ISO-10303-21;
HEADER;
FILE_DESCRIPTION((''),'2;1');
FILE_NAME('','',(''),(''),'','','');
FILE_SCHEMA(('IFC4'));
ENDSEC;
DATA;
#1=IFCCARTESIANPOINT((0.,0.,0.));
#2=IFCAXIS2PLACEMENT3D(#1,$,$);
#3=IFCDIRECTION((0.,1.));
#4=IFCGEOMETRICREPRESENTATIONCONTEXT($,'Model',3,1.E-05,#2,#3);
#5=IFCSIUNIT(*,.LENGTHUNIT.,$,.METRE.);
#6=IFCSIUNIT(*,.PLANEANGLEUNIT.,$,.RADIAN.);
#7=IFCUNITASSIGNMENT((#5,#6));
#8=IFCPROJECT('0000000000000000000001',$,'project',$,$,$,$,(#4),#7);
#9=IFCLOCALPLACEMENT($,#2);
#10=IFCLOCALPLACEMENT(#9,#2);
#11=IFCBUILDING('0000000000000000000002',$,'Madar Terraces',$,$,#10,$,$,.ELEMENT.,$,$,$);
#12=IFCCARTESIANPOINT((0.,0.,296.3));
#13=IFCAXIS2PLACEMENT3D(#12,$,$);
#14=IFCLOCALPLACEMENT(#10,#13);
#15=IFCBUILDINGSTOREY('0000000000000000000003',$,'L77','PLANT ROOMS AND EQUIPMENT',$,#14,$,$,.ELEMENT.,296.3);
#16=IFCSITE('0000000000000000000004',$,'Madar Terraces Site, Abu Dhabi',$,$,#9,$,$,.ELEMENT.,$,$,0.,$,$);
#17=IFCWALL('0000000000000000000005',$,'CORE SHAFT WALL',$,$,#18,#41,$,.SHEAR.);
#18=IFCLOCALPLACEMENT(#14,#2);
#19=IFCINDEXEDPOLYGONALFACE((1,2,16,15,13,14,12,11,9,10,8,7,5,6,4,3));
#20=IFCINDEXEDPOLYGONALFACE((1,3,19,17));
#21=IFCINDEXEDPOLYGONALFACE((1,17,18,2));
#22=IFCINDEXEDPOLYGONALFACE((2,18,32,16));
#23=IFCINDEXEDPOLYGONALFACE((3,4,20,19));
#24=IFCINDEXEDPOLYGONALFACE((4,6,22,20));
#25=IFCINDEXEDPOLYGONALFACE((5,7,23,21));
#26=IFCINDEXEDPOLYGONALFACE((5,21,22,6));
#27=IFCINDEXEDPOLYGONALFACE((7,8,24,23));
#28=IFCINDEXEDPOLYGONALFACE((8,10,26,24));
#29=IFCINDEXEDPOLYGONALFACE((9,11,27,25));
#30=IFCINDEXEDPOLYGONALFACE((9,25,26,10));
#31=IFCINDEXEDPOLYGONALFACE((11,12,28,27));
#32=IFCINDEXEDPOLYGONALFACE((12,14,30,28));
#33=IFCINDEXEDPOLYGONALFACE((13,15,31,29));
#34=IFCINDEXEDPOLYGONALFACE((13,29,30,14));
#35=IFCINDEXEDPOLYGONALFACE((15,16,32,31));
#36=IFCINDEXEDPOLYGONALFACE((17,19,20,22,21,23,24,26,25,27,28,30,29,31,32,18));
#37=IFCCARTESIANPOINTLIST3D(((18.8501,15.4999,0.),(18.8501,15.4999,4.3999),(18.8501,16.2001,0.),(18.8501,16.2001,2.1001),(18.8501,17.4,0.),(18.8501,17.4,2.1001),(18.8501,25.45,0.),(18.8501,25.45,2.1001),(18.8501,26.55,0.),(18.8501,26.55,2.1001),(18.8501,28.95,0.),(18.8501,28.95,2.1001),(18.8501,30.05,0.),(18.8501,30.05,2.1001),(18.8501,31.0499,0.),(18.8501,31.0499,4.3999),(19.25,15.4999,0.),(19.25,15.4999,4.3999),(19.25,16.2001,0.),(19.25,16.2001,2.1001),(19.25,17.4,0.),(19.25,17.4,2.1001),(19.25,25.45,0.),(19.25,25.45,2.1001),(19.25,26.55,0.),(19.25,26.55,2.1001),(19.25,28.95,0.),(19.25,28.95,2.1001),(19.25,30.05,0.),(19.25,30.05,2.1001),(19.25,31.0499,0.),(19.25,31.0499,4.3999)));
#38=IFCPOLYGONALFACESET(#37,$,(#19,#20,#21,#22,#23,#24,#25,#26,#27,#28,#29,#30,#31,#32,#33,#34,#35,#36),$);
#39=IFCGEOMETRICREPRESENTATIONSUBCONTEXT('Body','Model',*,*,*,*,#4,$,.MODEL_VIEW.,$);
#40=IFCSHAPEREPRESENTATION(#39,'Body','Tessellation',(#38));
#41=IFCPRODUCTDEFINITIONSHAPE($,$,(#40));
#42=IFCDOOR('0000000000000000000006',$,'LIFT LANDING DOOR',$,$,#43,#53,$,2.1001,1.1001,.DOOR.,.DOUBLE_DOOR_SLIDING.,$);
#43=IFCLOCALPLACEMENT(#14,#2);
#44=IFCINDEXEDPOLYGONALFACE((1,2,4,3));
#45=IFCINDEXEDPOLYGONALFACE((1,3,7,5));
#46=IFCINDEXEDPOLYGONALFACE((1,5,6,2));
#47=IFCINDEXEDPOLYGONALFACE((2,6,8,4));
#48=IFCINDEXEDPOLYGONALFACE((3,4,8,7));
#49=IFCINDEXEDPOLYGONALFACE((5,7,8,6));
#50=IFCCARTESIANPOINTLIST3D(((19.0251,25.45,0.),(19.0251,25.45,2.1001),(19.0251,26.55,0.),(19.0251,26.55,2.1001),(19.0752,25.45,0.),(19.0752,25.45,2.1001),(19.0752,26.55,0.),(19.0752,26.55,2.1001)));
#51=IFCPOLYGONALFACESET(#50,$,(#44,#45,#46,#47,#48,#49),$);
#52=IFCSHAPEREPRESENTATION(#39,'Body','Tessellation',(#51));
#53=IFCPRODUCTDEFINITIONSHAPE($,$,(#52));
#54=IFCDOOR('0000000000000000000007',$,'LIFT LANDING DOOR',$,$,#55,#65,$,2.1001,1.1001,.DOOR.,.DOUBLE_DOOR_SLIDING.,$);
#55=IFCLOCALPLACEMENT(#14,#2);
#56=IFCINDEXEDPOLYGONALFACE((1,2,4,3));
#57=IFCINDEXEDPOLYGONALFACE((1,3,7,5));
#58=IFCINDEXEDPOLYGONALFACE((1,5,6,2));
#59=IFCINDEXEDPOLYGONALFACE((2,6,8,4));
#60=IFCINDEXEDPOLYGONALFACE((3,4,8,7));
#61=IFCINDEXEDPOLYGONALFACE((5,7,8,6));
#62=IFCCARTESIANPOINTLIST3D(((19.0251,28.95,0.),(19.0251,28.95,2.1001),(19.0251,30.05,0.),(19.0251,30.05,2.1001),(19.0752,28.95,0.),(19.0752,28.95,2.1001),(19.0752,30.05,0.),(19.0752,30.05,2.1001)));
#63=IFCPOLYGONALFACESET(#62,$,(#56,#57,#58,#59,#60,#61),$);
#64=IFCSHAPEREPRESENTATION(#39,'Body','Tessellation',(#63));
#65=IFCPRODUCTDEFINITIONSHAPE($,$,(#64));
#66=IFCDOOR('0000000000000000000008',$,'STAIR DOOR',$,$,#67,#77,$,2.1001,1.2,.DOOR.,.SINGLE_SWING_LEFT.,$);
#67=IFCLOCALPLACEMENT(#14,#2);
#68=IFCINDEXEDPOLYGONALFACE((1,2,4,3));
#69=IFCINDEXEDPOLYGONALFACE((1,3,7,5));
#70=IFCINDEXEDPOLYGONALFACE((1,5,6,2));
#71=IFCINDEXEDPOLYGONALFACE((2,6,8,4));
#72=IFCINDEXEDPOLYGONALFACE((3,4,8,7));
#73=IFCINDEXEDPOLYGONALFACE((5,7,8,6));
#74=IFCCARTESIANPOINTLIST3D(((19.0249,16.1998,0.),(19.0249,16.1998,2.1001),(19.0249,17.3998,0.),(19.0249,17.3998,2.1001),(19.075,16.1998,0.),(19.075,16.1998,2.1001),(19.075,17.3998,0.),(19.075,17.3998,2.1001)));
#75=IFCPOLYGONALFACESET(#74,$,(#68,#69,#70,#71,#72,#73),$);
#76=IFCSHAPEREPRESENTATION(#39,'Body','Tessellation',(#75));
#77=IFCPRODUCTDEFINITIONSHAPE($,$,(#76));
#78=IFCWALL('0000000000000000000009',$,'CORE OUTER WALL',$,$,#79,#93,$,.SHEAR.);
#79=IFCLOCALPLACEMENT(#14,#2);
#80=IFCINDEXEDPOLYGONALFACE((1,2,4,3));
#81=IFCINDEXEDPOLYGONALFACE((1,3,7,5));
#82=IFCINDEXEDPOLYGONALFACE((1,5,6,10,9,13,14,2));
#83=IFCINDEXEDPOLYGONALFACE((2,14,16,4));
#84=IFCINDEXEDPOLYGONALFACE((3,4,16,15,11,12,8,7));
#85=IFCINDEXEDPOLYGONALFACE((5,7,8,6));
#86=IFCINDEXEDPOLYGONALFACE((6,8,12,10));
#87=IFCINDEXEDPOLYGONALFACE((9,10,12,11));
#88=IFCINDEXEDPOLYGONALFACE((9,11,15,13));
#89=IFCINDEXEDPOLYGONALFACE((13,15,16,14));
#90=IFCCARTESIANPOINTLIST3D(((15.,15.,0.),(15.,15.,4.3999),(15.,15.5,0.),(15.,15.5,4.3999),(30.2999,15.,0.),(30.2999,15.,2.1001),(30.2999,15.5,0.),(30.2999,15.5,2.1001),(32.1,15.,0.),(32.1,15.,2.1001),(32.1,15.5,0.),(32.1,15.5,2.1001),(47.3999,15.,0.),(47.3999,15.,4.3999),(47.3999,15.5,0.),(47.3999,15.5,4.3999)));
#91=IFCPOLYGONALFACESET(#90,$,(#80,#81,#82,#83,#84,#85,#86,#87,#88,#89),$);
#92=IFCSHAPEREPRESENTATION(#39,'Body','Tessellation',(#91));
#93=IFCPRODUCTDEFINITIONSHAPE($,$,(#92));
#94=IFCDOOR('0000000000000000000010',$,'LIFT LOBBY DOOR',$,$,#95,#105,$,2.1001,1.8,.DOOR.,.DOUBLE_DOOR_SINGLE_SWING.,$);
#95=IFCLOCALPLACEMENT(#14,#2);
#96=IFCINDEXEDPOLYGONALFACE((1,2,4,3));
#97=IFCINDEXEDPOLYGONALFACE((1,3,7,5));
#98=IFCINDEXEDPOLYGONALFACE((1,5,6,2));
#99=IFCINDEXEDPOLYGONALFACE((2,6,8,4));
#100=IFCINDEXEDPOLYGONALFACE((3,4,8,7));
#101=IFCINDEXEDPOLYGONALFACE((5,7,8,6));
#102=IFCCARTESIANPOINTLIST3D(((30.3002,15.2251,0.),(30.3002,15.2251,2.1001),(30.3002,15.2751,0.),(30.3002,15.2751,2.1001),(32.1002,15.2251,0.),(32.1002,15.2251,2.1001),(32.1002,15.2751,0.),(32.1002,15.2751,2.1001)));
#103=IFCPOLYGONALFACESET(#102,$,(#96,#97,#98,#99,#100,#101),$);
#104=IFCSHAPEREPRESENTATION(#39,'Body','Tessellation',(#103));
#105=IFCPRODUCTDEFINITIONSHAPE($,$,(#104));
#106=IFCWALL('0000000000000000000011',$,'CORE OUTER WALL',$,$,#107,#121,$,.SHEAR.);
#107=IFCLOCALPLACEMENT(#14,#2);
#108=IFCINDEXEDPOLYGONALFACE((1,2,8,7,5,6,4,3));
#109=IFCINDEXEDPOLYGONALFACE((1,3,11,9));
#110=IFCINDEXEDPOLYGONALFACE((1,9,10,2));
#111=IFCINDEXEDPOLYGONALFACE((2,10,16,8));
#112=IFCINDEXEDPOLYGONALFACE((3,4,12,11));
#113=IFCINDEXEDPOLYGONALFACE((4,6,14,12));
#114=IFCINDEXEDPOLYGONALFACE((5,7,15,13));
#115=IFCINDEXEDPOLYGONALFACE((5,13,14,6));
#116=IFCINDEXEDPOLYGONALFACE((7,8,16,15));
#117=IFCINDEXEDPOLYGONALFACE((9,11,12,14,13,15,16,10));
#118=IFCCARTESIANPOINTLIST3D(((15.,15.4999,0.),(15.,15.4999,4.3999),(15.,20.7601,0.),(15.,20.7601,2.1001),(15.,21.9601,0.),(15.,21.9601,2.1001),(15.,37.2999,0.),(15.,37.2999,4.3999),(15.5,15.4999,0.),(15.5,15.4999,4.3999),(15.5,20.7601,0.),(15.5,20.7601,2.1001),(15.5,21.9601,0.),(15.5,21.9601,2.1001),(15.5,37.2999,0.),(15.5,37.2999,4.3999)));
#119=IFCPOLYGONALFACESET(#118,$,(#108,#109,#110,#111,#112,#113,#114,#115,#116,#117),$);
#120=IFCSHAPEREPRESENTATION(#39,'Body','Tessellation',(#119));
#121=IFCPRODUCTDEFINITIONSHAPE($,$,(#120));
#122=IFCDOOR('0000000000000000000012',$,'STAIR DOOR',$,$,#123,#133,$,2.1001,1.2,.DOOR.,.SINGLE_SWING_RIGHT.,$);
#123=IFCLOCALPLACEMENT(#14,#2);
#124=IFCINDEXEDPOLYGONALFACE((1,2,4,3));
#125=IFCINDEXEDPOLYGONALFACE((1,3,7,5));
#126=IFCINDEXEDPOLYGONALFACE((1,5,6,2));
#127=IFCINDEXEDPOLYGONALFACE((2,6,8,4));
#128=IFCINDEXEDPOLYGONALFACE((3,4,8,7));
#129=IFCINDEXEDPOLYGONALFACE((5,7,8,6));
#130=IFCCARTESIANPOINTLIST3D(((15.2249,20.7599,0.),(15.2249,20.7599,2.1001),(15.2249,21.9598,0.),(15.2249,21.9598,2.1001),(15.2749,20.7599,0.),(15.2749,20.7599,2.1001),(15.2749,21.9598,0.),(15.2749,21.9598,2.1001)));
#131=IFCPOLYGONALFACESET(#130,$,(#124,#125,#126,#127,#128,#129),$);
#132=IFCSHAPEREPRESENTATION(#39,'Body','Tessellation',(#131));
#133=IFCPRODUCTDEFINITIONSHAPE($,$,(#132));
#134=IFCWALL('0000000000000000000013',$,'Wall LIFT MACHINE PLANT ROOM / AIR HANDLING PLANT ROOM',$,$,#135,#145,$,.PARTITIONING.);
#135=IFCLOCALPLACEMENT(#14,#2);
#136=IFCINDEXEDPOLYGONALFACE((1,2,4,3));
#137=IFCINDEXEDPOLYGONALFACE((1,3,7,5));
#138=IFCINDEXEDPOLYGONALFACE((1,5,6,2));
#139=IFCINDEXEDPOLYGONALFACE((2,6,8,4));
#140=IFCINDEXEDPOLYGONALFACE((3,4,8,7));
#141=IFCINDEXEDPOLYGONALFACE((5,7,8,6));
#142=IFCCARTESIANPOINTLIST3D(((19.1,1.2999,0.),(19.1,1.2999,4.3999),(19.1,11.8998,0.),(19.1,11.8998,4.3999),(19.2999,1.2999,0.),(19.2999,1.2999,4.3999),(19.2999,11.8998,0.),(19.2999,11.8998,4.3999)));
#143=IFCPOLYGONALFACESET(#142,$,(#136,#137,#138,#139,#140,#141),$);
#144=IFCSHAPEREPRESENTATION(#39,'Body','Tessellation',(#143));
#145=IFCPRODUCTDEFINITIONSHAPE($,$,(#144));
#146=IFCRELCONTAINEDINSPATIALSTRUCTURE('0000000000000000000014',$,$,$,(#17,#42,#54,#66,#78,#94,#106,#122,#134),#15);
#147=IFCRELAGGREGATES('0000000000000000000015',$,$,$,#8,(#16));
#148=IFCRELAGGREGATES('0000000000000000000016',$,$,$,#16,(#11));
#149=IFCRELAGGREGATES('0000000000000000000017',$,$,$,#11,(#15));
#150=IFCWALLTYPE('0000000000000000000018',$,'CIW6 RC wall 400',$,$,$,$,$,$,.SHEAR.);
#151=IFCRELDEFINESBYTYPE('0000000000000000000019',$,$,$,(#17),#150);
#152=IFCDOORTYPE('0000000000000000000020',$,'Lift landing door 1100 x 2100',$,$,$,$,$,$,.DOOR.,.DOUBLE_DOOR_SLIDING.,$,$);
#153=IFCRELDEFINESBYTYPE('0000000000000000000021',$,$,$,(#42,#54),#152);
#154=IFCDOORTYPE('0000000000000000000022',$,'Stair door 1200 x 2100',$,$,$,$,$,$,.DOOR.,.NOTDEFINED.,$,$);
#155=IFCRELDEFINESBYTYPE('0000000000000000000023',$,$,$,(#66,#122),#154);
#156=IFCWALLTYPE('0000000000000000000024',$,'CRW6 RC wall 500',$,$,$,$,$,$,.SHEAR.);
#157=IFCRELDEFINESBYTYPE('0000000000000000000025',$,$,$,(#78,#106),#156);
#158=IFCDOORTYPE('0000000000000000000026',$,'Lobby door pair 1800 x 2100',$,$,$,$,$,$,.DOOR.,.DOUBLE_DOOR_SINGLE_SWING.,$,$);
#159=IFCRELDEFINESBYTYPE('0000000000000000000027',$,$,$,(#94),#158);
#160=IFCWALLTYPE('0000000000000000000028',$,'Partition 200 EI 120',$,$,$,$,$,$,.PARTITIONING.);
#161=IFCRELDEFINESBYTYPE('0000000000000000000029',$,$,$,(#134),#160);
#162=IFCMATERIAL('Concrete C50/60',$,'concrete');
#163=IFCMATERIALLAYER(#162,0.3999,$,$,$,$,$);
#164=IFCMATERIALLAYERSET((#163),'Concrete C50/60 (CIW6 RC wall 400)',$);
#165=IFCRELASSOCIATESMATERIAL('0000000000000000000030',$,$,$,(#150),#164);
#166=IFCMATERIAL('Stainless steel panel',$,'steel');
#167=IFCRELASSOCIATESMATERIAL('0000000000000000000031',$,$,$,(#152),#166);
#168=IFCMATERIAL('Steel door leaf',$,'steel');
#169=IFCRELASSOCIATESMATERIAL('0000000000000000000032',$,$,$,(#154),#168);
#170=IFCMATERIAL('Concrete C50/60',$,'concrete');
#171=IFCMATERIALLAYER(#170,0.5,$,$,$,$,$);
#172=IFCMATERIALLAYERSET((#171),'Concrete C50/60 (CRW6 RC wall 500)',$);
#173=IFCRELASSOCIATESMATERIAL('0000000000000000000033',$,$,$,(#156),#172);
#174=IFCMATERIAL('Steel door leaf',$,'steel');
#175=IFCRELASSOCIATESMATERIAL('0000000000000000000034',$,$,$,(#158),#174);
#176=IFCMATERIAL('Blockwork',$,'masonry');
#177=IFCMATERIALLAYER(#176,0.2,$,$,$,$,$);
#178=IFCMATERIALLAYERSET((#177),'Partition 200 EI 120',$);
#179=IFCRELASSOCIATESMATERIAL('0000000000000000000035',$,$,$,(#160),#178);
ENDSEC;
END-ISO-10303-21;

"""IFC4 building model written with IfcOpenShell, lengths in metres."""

from ifc_helpers import new_model, si_unit, direction, frame, frame_2d, origin, place, context, subcontext, project, spatial, rectangle, extrude, material, layer, layer_set, type_object, element, fill, save


model = new_model("IFC4")

# Units and contexts
model_context = context("Model", 3, precision=1e-05, world=origin(), true_north=direction((0.0, 1.0)))
body_context = subcontext(model_context, "Body", "Model", "MODEL_VIEW")
ifc_project = project(units=[si_unit("LENGTHUNIT", "METRE"), si_unit("PLANEANGLEUNIT", "RADIAN")], contexts=[model_context])

# Site, building, storey
site_placement = place(None, origin())
site = spatial("IfcSite", under=ifc_project, at=site_placement, Name="Madar Terraces Site, Abu Dhabi", CompositionType="ELEMENT", RefElevation=0.0)
building_placement = place(site_placement, origin())
building = spatial("IfcBuilding", under=site, at=building_placement, Name="Madar Terraces", CompositionType="ELEMENT")
storey_placement = place(building_placement, frame((0.0, 0.0, 296.3)))
storey = spatial("IfcBuildingStorey", under=building, at=storey_placement, Name="L77", Description="PLANT ROOMS AND EQUIPMENT", CompositionType="ELEMENT", Elevation=296.3)

# Wall, openings, doors
ifc_material_1 = material(Name="Concrete C50/60", Category="concrete")
ifc_layer_1 = layer(ifc_material_1, 0.3999)
ifc_layer_set_1 = layer_set([ifc_layer_1], Name="Concrete C50/60 (CIW6 RC wall 400)")
wall_type_1 = type_object("IfcWallType", Name="CIW6 RC wall 400", PredefinedType="SHEAR", material=ifc_layer_set_1)
wall_1_placement = place(storey_placement, frame((19.05, 15.5, 0.0), z_axis=(0.0, 0.0, 1.0), x_axis=(0.0, 1.0, 0.0)))
wall_1 = element("IfcWall", 1, at=wall_1_placement, inside=storey, type_object=wall_type_1, Name="CORE SHAFT WALL", PredefinedType="SHEAR", context=body_context, shape_type="SweptSolid", body=[
    extrude(rectangle(XDim=15.55, YDim=0.3999, at=frame_2d((7.7749, 0.0))), origin(), (0.0, 0.0, 1.0), 4.3999),
])
opening_1_placement = place(wall_1_placement, frame((9.95, 0.0, 0.0)))
opening_1 = element("IfcOpeningElement", 2, at=opening_1_placement, cuts=wall_1, PredefinedType="OPENING", context=body_context, shape_type="SweptSolid", body=[
    extrude(rectangle(XDim=1.1001, YDim=2.1001, at=frame_2d((0.55, 1.05))), frame((0.0, 0.21, 0.0), z_axis=(0.0, -1.0, 0.0), x_axis=(1.0, 0.0, 0.0)), (0.0, 0.0, 1.0), 0.4199),
])
opening_2_placement = place(wall_1_placement, frame((13.45, 0.0, 0.0)))
opening_2 = element("IfcOpeningElement", 3, at=opening_2_placement, cuts=wall_1, PredefinedType="OPENING", context=body_context, shape_type="SweptSolid", body=[
    extrude(rectangle(XDim=1.1001, YDim=2.1001, at=frame_2d((0.55, 1.05))), frame((0.0, 0.21, 0.0), z_axis=(0.0, -1.0, 0.0), x_axis=(1.0, 0.0, 0.0)), (0.0, 0.0, 1.0), 0.4199),
])
opening_3_placement = place(wall_1_placement, frame((0.7, 0.0, 0.0)))
opening_3 = element("IfcOpeningElement", 4, at=opening_3_placement, cuts=wall_1, PredefinedType="OPENING", context=body_context, shape_type="SweptSolid", body=[
    extrude(rectangle(XDim=1.2, YDim=2.1001, at=frame_2d((0.6001, 1.05))), frame((0.0, 0.21, 0.0), z_axis=(0.0, -1.0, 0.0), x_axis=(1.0, 0.0, 0.0)), (0.0, 0.0, 1.0), 0.4199),
])
ifc_material_2 = material(Name="Stainless steel panel", Category="steel")
door_type_1 = type_object("IfcDoorType", Name="Lift landing door 1100 x 2100", OperationType="DOUBLE_DOOR_SLIDING", PredefinedType="DOOR", material=ifc_material_2)
door_1_placement = place(opening_1_placement, origin())
door_1 = element("IfcDoor", 5, at=door_1_placement, inside=storey, type_object=door_type_1, Name="LIFT LANDING DOOR", OperationType="DOUBLE_DOOR_SLIDING", OverallHeight=2.1001, OverallWidth=1.1001, PredefinedType="DOOR", context=body_context, shape_type="SweptSolid", body=[
    extrude(rectangle(XDim=1.1001, YDim=2.1001, at=frame_2d((0.55, 1.05))), frame((0.0, 0.0249, 0.0), z_axis=(0.0, -1.0, 0.0), x_axis=(1.0, 0.0, 0.0)), (0.0, 0.0, 1.0), 0.05),
])
fill(opening_1, door_1)
door_2_placement = place(opening_2_placement, origin())
door_2 = element("IfcDoor", 6, at=door_2_placement, inside=storey, type_object=door_type_1, Name="LIFT LANDING DOOR", OperationType="DOUBLE_DOOR_SLIDING", OverallHeight=2.1001, OverallWidth=1.1001, PredefinedType="DOOR", context=body_context, shape_type="SweptSolid", body=[
    extrude(rectangle(XDim=1.1001, YDim=2.1001, at=frame_2d((0.55, 1.05))), frame((0.0, 0.0249, 0.0), z_axis=(0.0, -1.0, 0.0), x_axis=(1.0, 0.0, 0.0)), (0.0, 0.0, 1.0), 0.05),
])
fill(opening_2, door_2)
ifc_material_3 = material(Name="Steel door leaf", Category="steel")
door_type_2 = type_object("IfcDoorType", Name="Stair door 1200 x 2100", OperationType="NOTDEFINED", PredefinedType="DOOR", material=ifc_material_3)
door_3_placement = place(opening_3_placement, frame((1.2, 0.0, 0.0), z_axis=(0.0, 0.0, 1.0), x_axis=(-1.0, 0.0, 0.0)))
door_3 = element("IfcDoor", 7, at=door_3_placement, inside=storey, type_object=door_type_2, Name="STAIR DOOR", OperationType="SINGLE_SWING_LEFT", OverallHeight=2.1001, OverallWidth=1.2, PredefinedType="DOOR", context=body_context, shape_type="SweptSolid", body=[
    extrude(rectangle(XDim=1.2, YDim=2.1001, at=frame_2d((0.6001, 1.05))), frame((0.0, 0.0249, 0.0), z_axis=(0.0, -1.0, 0.0), x_axis=(1.0, 0.0, 0.0)), (0.0, 0.0, 1.0), 0.05),
])
fill(opening_3, door_3)

# Walls, openings, doors
ifc_material_4 = material(Name="Concrete C50/60", Category="concrete")
ifc_layer_2 = layer(ifc_material_4, 0.5)
ifc_layer_set_2 = layer_set([ifc_layer_2], Name="Concrete C50/60 (CRW6 RC wall 500)")
wall_type_2 = type_object("IfcWallType", Name="CRW6 RC wall 500", PredefinedType="SHEAR", material=ifc_layer_set_2)
wall_2_placement = place(storey_placement, frame((15.0, 15.25, 0.0), z_axis=(0.0, 0.0, 1.0), x_axis=(1.0, 0.0, 0.0)))
wall_2 = element("IfcWall", 8, at=wall_2_placement, inside=storey, type_object=wall_type_2, Name="CORE OUTER WALL", PredefinedType="SHEAR", context=body_context, shape_type="SweptSolid", body=[
    extrude(rectangle(XDim=32.3999, YDim=0.5, at=frame_2d((16.2, 0.0))), origin(), (0.0, 0.0, 1.0), 4.3999),
])
opening_4_placement = place(wall_2_placement, frame((15.3, 0.0, 0.0)))
opening_4 = element("IfcOpeningElement", 9, at=opening_4_placement, cuts=wall_2, PredefinedType="OPENING", context=body_context, shape_type="SweptSolid", body=[
    extrude(rectangle(XDim=1.8, YDim=2.1001, at=frame_2d((0.8999, 1.05))), frame((0.0, 0.26, 0.0), z_axis=(0.0, -1.0, 0.0), x_axis=(1.0, 0.0, 0.0)), (0.0, 0.0, 1.0), 0.52),
])
ifc_material_5 = material(Name="Steel door leaf", Category="steel")
door_type_3 = type_object("IfcDoorType", Name="Lobby door pair 1800 x 2100", OperationType="DOUBLE_DOOR_SINGLE_SWING", PredefinedType="DOOR", material=ifc_material_5)
door_4_placement = place(opening_4_placement, frame((1.8, 0.0, 0.0), z_axis=(0.0, 0.0, 1.0), x_axis=(-1.0, 0.0, 0.0)))
door_4 = element("IfcDoor", 10, at=door_4_placement, inside=storey, type_object=door_type_3, Name="LIFT LOBBY DOOR", OperationType="DOUBLE_DOOR_SINGLE_SWING", OverallHeight=2.1001, OverallWidth=1.8, PredefinedType="DOOR", context=body_context, shape_type="SweptSolid", body=[
    extrude(rectangle(XDim=1.8, YDim=2.1001, at=frame_2d((0.8999, 1.05))), frame((0.0, 0.0249, 0.0), z_axis=(0.0, -1.0, 0.0), x_axis=(1.0, 0.0, 0.0)), (0.0, 0.0, 1.0), 0.05),
])
fill(opening_4, door_4)
wall_3_placement = place(storey_placement, frame((15.25, 15.5, 0.0), z_axis=(0.0, 0.0, 1.0), x_axis=(0.0, 1.0, 0.0)))
wall_3 = element("IfcWall", 11, at=wall_3_placement, inside=storey, type_object=wall_type_2, Name="CORE OUTER WALL", PredefinedType="SHEAR", context=body_context, shape_type="SweptSolid", body=[
    extrude(rectangle(XDim=21.8, YDim=0.5, at=frame_2d((10.8999, 0.0))), origin(), (0.0, 0.0, 1.0), 4.3999),
])
opening_5_placement = place(wall_3_placement, frame((5.26, 0.0, 0.0)))
opening_5 = element("IfcOpeningElement", 12, at=opening_5_placement, cuts=wall_3, PredefinedType="OPENING", context=body_context, shape_type="SweptSolid", body=[
    extrude(rectangle(XDim=1.2, YDim=2.1001, at=frame_2d((0.6001, 1.05))), frame((0.0, 0.26, 0.0), z_axis=(0.0, -1.0, 0.0), x_axis=(1.0, 0.0, 0.0)), (0.0, 0.0, 1.0), 0.52),
])
door_5_placement = place(opening_5_placement, frame((1.2, 0.0, 0.0), z_axis=(0.0, 0.0, 1.0), x_axis=(-1.0, 0.0, 0.0)))
door_5 = element("IfcDoor", 13, at=door_5_placement, inside=storey, type_object=door_type_2, Name="STAIR DOOR", OperationType="SINGLE_SWING_RIGHT", OverallHeight=2.1001, OverallWidth=1.2, PredefinedType="DOOR", context=body_context, shape_type="SweptSolid", body=[
    extrude(rectangle(XDim=1.2, YDim=2.1001, at=frame_2d((0.6001, 1.05))), frame((0.0, 0.0249, 0.0), z_axis=(0.0, -1.0, 0.0), x_axis=(1.0, 0.0, 0.0)), (0.0, 0.0, 1.0), 0.05),
])
fill(opening_5, door_5)

# Wall
ifc_material_6 = material(Name="Blockwork", Category="masonry")
ifc_layer_3 = layer(ifc_material_6, 0.2)
ifc_layer_set_3 = layer_set([ifc_layer_3], Name="Partition 200 EI 120")
wall_type_3 = type_object("IfcWallType", Name="Partition 200 EI 120", PredefinedType="PARTITIONING", material=ifc_layer_set_3)
wall_4_placement = place(storey_placement, frame((19.2, 1.3, 0.0), z_axis=(0.0, 0.0, 1.0), x_axis=(0.0, 1.0, 0.0)))
element("IfcWall", 14, at=wall_4_placement, inside=storey, type_object=wall_type_3, Name="Wall LIFT MACHINE PLANT ROOM / AIR HANDLING PLANT ROOM", PredefinedType="PARTITIONING", context=body_context, shape_type="SweptSolid", body=[
    extrude(rectangle(XDim=10.5999, YDim=0.2, at=frame_2d((5.2998, 0.0))), origin(), (0.0, 0.0, 1.0), 4.3999),
])

save(model, "model.ifc")
